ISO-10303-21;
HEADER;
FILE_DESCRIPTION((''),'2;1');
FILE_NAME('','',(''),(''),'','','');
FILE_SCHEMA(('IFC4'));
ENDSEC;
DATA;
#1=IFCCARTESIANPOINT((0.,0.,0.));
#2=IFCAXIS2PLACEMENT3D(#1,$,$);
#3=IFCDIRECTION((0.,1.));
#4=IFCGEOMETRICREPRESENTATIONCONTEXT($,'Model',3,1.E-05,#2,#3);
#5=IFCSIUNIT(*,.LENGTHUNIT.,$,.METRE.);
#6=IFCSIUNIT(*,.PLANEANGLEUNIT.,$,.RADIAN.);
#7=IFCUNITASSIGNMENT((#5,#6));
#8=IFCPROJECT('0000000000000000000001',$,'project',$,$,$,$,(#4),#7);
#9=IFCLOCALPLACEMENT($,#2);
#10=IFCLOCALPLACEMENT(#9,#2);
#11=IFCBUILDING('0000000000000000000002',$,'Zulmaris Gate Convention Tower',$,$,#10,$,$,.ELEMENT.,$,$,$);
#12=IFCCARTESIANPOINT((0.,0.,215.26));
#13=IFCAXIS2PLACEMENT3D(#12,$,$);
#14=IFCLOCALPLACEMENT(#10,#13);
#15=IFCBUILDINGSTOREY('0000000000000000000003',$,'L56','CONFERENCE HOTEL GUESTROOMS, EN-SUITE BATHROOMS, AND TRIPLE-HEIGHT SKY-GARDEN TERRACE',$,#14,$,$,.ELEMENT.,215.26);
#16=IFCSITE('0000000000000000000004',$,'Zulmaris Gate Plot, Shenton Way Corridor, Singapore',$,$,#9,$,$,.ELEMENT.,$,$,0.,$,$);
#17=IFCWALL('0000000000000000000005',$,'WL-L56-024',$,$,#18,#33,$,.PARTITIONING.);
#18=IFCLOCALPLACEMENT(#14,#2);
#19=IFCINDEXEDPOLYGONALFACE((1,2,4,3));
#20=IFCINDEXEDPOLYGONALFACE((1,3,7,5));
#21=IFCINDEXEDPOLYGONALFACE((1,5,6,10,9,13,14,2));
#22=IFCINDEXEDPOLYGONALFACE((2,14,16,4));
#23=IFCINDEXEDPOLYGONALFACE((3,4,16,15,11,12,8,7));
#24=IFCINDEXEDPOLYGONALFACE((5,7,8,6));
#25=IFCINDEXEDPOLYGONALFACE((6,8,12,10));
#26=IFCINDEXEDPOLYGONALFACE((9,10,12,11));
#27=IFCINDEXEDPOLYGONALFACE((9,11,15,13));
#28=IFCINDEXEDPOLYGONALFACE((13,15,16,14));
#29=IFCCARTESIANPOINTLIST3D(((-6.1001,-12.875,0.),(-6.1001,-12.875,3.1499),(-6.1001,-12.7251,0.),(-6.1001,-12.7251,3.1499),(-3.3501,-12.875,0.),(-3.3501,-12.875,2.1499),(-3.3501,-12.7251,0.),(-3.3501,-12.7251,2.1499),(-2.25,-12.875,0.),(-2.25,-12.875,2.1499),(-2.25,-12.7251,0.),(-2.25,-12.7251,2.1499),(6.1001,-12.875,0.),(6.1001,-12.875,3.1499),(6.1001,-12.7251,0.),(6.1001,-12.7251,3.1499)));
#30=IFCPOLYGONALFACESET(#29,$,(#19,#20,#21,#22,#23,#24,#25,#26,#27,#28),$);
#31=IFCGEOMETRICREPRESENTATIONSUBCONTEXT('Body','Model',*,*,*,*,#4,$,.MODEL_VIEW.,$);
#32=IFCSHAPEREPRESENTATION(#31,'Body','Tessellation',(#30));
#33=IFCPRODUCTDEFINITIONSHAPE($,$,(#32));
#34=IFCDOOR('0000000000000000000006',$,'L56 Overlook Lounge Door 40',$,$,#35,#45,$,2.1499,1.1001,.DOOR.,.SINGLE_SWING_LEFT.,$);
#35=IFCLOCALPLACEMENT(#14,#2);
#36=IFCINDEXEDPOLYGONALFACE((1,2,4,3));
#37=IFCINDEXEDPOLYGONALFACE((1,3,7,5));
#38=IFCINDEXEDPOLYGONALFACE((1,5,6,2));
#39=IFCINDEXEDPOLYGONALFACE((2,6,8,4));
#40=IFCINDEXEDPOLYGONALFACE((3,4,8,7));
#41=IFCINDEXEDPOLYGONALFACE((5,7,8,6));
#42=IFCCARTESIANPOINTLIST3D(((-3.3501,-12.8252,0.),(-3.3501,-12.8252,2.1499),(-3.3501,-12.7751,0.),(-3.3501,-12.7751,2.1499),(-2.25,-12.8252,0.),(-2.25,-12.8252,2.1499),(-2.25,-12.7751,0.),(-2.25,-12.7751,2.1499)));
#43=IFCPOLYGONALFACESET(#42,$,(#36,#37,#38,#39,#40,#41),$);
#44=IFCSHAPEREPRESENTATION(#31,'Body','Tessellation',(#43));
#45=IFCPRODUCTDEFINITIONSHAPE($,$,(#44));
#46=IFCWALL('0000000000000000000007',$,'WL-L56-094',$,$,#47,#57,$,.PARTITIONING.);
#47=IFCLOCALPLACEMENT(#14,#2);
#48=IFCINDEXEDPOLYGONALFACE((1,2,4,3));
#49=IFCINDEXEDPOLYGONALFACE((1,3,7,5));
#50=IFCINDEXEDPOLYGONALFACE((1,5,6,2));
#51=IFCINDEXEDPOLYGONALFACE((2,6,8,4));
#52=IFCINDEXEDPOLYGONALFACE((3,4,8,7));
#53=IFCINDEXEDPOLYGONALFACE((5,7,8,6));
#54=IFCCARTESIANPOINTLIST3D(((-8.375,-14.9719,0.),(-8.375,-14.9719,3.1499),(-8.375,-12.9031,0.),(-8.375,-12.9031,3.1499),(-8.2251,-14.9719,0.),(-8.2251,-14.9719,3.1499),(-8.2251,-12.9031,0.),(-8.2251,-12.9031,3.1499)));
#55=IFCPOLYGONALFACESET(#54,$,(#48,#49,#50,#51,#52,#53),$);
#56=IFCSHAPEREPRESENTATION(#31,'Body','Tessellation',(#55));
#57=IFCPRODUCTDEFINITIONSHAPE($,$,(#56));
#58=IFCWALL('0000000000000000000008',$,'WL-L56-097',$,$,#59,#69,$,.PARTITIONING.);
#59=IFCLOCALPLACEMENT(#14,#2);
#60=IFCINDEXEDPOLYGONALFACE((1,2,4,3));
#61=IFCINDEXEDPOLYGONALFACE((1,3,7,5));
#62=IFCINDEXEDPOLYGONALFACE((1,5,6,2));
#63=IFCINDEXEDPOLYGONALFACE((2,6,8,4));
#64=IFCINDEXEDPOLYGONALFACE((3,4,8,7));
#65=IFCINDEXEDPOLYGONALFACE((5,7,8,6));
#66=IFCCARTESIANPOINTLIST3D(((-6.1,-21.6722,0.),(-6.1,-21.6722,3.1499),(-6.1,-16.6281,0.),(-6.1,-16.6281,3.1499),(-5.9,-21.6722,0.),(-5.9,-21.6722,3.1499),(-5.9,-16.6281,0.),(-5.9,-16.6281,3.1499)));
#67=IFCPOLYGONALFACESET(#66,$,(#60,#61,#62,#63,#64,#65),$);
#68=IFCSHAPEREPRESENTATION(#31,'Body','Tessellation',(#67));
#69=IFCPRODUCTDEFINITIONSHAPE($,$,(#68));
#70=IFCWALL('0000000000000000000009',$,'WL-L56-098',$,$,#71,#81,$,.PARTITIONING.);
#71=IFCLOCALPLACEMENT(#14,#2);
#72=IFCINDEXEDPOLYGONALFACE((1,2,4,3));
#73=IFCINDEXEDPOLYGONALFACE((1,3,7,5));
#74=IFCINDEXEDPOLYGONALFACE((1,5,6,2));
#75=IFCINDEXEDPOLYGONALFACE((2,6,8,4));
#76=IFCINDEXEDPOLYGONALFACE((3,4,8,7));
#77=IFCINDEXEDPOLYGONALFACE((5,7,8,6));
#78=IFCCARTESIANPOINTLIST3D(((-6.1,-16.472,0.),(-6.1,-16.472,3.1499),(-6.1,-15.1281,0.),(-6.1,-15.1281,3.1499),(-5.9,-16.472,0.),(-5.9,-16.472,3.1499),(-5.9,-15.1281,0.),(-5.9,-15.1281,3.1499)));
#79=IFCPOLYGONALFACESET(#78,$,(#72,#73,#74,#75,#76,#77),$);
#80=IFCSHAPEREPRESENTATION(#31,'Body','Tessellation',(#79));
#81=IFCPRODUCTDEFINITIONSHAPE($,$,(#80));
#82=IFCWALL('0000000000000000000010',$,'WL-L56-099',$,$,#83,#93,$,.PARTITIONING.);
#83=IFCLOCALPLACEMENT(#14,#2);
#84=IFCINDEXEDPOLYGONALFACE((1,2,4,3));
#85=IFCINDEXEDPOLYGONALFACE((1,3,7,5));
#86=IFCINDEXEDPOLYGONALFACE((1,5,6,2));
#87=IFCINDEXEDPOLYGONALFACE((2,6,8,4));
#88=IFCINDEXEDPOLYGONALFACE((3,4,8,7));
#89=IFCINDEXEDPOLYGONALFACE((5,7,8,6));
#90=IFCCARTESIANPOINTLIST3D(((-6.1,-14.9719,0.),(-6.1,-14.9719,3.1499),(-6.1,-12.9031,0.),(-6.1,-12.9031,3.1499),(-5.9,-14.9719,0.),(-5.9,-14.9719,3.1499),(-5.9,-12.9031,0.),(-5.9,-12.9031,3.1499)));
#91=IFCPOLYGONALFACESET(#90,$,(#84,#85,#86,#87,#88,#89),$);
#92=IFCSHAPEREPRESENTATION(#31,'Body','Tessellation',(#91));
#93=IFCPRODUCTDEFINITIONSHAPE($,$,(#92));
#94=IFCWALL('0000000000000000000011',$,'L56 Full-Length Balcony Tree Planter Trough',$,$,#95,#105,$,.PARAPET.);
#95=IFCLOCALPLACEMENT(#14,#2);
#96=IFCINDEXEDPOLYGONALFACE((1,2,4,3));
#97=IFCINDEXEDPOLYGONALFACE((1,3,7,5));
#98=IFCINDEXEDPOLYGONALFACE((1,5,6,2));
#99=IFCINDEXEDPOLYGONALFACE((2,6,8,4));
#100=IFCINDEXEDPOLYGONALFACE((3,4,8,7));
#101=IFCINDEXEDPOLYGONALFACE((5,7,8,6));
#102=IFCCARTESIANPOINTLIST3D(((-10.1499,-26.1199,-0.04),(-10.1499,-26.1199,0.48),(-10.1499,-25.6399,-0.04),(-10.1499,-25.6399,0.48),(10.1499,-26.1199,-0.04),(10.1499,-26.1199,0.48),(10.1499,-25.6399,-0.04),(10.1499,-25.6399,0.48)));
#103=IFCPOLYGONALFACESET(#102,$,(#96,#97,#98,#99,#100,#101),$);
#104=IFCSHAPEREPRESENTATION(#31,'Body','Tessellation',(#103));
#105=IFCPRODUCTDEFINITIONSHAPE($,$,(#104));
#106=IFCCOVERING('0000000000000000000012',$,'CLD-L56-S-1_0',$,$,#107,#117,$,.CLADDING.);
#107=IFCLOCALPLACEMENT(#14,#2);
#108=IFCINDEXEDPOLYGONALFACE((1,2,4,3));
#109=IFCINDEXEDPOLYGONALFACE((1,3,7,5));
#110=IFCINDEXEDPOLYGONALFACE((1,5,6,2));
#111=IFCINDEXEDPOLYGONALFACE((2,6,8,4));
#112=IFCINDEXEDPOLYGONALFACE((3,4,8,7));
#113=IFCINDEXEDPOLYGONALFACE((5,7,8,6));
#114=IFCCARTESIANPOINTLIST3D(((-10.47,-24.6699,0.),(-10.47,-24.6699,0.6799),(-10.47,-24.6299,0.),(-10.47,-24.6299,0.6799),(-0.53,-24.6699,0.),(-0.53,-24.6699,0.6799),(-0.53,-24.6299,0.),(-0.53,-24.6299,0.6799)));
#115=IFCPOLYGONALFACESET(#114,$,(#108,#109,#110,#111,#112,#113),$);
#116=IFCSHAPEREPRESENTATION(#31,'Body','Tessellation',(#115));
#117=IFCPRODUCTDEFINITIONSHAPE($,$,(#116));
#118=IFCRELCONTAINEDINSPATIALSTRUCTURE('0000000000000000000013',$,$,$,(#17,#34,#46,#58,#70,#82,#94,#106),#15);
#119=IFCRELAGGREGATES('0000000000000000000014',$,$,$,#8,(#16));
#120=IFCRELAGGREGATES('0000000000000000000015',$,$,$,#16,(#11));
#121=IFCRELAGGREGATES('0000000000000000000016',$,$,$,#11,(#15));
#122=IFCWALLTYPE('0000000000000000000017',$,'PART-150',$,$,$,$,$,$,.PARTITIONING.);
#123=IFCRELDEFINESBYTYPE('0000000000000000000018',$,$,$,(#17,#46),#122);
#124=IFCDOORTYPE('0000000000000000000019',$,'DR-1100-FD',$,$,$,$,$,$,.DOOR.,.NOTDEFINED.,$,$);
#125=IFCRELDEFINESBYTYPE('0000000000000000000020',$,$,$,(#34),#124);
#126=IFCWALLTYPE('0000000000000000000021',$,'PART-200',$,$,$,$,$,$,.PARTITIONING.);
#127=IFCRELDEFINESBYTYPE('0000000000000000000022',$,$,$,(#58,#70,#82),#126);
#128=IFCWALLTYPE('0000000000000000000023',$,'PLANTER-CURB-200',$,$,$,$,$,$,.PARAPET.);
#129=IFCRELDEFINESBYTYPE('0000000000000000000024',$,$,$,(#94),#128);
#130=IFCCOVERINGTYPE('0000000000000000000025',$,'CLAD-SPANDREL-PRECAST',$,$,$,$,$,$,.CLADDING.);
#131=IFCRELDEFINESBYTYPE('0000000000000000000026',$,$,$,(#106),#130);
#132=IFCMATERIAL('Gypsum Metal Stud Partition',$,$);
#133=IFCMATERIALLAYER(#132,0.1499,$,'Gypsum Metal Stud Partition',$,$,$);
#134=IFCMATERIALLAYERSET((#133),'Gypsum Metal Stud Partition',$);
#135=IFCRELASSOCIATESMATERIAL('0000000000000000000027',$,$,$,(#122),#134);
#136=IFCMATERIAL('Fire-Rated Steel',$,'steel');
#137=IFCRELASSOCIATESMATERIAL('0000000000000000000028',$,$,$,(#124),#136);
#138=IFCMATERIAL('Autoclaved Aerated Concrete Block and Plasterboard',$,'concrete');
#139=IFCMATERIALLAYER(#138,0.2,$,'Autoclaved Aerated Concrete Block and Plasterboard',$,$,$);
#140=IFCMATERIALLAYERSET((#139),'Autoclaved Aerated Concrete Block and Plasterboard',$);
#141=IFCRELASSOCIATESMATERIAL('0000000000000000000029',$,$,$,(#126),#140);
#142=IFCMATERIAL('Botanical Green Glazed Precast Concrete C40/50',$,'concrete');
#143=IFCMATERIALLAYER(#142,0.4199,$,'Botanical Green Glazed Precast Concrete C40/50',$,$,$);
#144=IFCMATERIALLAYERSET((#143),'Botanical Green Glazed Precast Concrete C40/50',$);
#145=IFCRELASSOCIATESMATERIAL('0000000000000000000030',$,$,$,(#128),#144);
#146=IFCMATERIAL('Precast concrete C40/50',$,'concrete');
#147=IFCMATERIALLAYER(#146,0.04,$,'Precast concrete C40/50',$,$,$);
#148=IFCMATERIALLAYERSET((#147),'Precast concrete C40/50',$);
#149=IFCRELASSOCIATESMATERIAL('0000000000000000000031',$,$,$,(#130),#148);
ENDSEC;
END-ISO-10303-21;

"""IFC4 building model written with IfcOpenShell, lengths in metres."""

from ifc_helpers import new_model, si_unit, direction, frame, frame_2d, origin, place, context, subcontext, project, spatial, rectangle, extrude, material, layer, layer_set, type_object, element, fill, save


model = new_model("IFC4")

# Units and contexts
model_context = context("Model", 3, precision=1e-05, world=origin(), true_north=direction((0.0, 1.0)))
body_context = subcontext(model_context, "Body", "Model", "MODEL_VIEW")
ifc_project = project(units=[si_unit("LENGTHUNIT", "METRE"), si_unit("PLANEANGLEUNIT", "RADIAN")], contexts=[model_context])

# Site, building, storey
site_placement = place(None, origin())
site = spatial("IfcSite", under=ifc_project, at=site_placement, Name="Zulmaris Gate Plot, Shenton Way Corridor, Singapore", CompositionType="ELEMENT", RefElevation=0.0)
building_placement = place(site_placement, origin())
building = spatial("IfcBuilding", under=site, at=building_placement, Name="Zulmaris Gate Convention Tower", CompositionType="ELEMENT")
storey_placement = place(building_placement, frame((0.0, 0.0, 215.26)))
storey = spatial("IfcBuildingStorey", under=building, at=storey_placement, Name="L56", Description="CONFERENCE HOTEL GUESTROOMS, EN-SUITE BATHROOMS, AND TRIPLE-HEIGHT SKY-GARDEN TERRACE", CompositionType="ELEMENT", Elevation=215.26)

# Shared definitions
ifc_material_1 = material(Name="Gypsum Metal Stud Partition")
ifc_layer_1 = layer(ifc_material_1, 0.1499, Name="Gypsum Metal Stud Partition")
ifc_layer_set_1 = layer_set([ifc_layer_1], Name="Gypsum Metal Stud Partition")
wall_type_1 = type_object("IfcWallType", Name="PART-150", PredefinedType="PARTITIONING", material=ifc_layer_set_1)

# Wall, opening, door
wall_1_placement = place(storey_placement, frame((-6.1001, -12.8, 0.0), z_axis=(0.0, 0.0, 1.0), x_axis=(1.0, 0.0, 0.0)))
wall_1 = element("IfcWall", 1, at=wall_1_placement, inside=storey, type_object=wall_type_1, Name="WL-L56-024", PredefinedType="PARTITIONING", context=body_context, shape_type="SweptSolid", body=[
    extrude(rectangle(XDim=12.2002, YDim=0.1499, at=frame_2d((6.1001, 0.0))), origin(), (0.0, 0.0, 1.0), 3.1499),
])
opening_1_placement = place(wall_1_placement, frame((2.75, 0.0, 0.0)))
opening_1 = element("IfcOpeningElement", 2, at=opening_1_placement, cuts=wall_1, PredefinedType="OPENING", context=body_context, shape_type="SweptSolid", body=[
    extrude(rectangle(XDim=1.1001, YDim=2.1499, at=frame_2d((0.55, 1.075))), frame((0.0, 0.085, 0.0), z_axis=(0.0, -1.0, 0.0), x_axis=(1.0, 0.0, 0.0)), (0.0, 0.0, 1.0), 0.1699),
])
ifc_material_2 = material(Name="Fire-Rated Steel", Category="steel")
door_type_1 = type_object("IfcDoorType", Name="DR-1100-FD", OperationType="NOTDEFINED", PredefinedType="DOOR", material=ifc_material_2)
door_1_placement = place(opening_1_placement, origin())
door_1 = element("IfcDoor", 3, at=door_1_placement, inside=storey, type_object=door_type_1, Name="L56 Overlook Lounge Door 40", OperationType="SINGLE_SWING_LEFT", OverallHeight=2.1499, OverallWidth=1.1001, PredefinedType="DOOR", context=body_context, shape_type="SweptSolid", body=[
    extrude(rectangle(XDim=1.1001, YDim=2.1499, at=frame_2d((0.55, 1.075))), frame((0.0, 0.0249, 0.0), z_axis=(0.0, -1.0, 0.0), x_axis=(1.0, 0.0, 0.0)), (0.0, 0.0, 1.0), 0.05),
])
fill(opening_1, door_1)

# Wall
wall_2_placement = place(storey_placement, frame((-8.3, -14.9719, 0.0), z_axis=(0.0, 0.0, 1.0), x_axis=(0.0, 1.0, 0.0)))
element("IfcWall", 4, at=wall_2_placement, inside=storey, type_object=wall_type_1, Name="WL-L56-094", PredefinedType="PARTITIONING", context=body_context, shape_type="SweptSolid", body=[
    extrude(rectangle(XDim=2.0688, YDim=0.1499, at=frame_2d((1.0344, 0.0))), origin(), (0.0, 0.0, 1.0), 3.1499),
])

# Shared definitions
ifc_material_3 = material(Name="Autoclaved Aerated Concrete Block and Plasterboard", Category="concrete")
ifc_layer_2 = layer(ifc_material_3, 0.2, Name="Autoclaved Aerated Concrete Block and Plasterboard")
ifc_layer_set_2 = layer_set([ifc_layer_2], Name="Autoclaved Aerated Concrete Block and Plasterboard")
wall_type_2 = type_object("IfcWallType", Name="PART-200", PredefinedType="PARTITIONING", material=ifc_layer_set_2)

# Walls
wall_3_placement = place(storey_placement, frame((-6.0, -21.6721, 0.0), z_axis=(0.0, 0.0, 1.0), x_axis=(0.0, 1.0, 0.0)))
element("IfcWall", 5, at=wall_3_placement, inside=storey, type_object=wall_type_2, Name="WL-L56-097", PredefinedType="PARTITIONING", context=body_context, shape_type="SweptSolid", body=[
    extrude(rectangle(XDim=5.0442, YDim=0.2, at=frame_2d((2.522, 0.0))), origin(), (0.0, 0.0, 1.0), 3.1499),
])
wall_4_placement = place(storey_placement, frame((-6.0, -16.4719, 0.0), z_axis=(0.0, 0.0, 1.0), x_axis=(0.0, 1.0, 0.0)))
element("IfcWall", 6, at=wall_4_placement, inside=storey, type_object=wall_type_2, Name="WL-L56-098", PredefinedType="PARTITIONING", context=body_context, shape_type="SweptSolid", body=[
    extrude(rectangle(XDim=1.344, YDim=0.2, at=frame_2d((0.6719, 0.0))), origin(), (0.0, 0.0, 1.0), 3.1499),
])
wall_5_placement = place(storey_placement, frame((-6.0, -14.9719, 0.0), z_axis=(0.0, 0.0, 1.0), x_axis=(0.0, 1.0, 0.0)))
element("IfcWall", 7, at=wall_5_placement, inside=storey, type_object=wall_type_2, Name="WL-L56-099", PredefinedType="PARTITIONING", context=body_context, shape_type="SweptSolid", body=[
    extrude(rectangle(XDim=2.0688, YDim=0.2, at=frame_2d((1.0344, 0.0))), origin(), (0.0, 0.0, 1.0), 3.1499),
])
ifc_material_4 = material(Name="Botanical Green Glazed Precast Concrete C40/50", Category="concrete")
ifc_layer_3 = layer(ifc_material_4, 0.4199, Name="Botanical Green Glazed Precast Concrete C40/50")
ifc_layer_set_3 = layer_set([ifc_layer_3], Name="Botanical Green Glazed Precast Concrete C40/50")
wall_type_3 = type_object("IfcWallType", Name="PLANTER-CURB-200", PredefinedType="PARAPET", material=ifc_layer_set_3)
wall_6_placement = place(storey_placement, frame((-10.1499, -25.8799, -0.04), z_axis=(0.0, 0.0, 1.0), x_axis=(1.0, 0.0, 0.0)))
element("IfcWall", 8, at=wall_6_placement, inside=storey, type_object=wall_type_3, Name="L56 Full-Length Balcony Tree Planter Trough", PredefinedType="PARAPET", context=body_context, shape_type="SweptSolid", body=[
    extrude(rectangle(XDim=20.2998, YDim=0.48, at=frame_2d((10.1499, 0.0))), origin(), (0.0, 0.0, 1.0), 0.52),
])

# Shared definitions
ifc_material_5 = material(Name="Precast concrete C40/50", Category="concrete")

# Covering
ifc_layer_4 = layer(ifc_material_5, 0.04, Name="Precast concrete C40/50")
ifc_layer_set_4 = layer_set([ifc_layer_4], Name="Precast concrete C40/50")
covering_type = type_object("IfcCoveringType", Name="CLAD-SPANDREL-PRECAST", PredefinedType="CLADDING", material=ifc_layer_set_4)
covering_placement = place(storey_placement, frame((-10.47, -24.6499, 0.0), z_axis=(0.0, 0.0, 1.0), x_axis=(1.0, 0.0, 0.0)))
element("IfcCovering", 9, at=covering_placement, inside=storey, type_object=covering_type, Name="CLD-L56-S-1_0", PredefinedType="CLADDING", context=body_context, shape_type="SweptSolid", body=[
    extrude(rectangle(XDim=9.9399, YDim=0.04, at=frame_2d((4.97, 0.0))), origin(), (0.0, 0.0, 1.0), 0.6799),
])

save(model, "model.ifc")
